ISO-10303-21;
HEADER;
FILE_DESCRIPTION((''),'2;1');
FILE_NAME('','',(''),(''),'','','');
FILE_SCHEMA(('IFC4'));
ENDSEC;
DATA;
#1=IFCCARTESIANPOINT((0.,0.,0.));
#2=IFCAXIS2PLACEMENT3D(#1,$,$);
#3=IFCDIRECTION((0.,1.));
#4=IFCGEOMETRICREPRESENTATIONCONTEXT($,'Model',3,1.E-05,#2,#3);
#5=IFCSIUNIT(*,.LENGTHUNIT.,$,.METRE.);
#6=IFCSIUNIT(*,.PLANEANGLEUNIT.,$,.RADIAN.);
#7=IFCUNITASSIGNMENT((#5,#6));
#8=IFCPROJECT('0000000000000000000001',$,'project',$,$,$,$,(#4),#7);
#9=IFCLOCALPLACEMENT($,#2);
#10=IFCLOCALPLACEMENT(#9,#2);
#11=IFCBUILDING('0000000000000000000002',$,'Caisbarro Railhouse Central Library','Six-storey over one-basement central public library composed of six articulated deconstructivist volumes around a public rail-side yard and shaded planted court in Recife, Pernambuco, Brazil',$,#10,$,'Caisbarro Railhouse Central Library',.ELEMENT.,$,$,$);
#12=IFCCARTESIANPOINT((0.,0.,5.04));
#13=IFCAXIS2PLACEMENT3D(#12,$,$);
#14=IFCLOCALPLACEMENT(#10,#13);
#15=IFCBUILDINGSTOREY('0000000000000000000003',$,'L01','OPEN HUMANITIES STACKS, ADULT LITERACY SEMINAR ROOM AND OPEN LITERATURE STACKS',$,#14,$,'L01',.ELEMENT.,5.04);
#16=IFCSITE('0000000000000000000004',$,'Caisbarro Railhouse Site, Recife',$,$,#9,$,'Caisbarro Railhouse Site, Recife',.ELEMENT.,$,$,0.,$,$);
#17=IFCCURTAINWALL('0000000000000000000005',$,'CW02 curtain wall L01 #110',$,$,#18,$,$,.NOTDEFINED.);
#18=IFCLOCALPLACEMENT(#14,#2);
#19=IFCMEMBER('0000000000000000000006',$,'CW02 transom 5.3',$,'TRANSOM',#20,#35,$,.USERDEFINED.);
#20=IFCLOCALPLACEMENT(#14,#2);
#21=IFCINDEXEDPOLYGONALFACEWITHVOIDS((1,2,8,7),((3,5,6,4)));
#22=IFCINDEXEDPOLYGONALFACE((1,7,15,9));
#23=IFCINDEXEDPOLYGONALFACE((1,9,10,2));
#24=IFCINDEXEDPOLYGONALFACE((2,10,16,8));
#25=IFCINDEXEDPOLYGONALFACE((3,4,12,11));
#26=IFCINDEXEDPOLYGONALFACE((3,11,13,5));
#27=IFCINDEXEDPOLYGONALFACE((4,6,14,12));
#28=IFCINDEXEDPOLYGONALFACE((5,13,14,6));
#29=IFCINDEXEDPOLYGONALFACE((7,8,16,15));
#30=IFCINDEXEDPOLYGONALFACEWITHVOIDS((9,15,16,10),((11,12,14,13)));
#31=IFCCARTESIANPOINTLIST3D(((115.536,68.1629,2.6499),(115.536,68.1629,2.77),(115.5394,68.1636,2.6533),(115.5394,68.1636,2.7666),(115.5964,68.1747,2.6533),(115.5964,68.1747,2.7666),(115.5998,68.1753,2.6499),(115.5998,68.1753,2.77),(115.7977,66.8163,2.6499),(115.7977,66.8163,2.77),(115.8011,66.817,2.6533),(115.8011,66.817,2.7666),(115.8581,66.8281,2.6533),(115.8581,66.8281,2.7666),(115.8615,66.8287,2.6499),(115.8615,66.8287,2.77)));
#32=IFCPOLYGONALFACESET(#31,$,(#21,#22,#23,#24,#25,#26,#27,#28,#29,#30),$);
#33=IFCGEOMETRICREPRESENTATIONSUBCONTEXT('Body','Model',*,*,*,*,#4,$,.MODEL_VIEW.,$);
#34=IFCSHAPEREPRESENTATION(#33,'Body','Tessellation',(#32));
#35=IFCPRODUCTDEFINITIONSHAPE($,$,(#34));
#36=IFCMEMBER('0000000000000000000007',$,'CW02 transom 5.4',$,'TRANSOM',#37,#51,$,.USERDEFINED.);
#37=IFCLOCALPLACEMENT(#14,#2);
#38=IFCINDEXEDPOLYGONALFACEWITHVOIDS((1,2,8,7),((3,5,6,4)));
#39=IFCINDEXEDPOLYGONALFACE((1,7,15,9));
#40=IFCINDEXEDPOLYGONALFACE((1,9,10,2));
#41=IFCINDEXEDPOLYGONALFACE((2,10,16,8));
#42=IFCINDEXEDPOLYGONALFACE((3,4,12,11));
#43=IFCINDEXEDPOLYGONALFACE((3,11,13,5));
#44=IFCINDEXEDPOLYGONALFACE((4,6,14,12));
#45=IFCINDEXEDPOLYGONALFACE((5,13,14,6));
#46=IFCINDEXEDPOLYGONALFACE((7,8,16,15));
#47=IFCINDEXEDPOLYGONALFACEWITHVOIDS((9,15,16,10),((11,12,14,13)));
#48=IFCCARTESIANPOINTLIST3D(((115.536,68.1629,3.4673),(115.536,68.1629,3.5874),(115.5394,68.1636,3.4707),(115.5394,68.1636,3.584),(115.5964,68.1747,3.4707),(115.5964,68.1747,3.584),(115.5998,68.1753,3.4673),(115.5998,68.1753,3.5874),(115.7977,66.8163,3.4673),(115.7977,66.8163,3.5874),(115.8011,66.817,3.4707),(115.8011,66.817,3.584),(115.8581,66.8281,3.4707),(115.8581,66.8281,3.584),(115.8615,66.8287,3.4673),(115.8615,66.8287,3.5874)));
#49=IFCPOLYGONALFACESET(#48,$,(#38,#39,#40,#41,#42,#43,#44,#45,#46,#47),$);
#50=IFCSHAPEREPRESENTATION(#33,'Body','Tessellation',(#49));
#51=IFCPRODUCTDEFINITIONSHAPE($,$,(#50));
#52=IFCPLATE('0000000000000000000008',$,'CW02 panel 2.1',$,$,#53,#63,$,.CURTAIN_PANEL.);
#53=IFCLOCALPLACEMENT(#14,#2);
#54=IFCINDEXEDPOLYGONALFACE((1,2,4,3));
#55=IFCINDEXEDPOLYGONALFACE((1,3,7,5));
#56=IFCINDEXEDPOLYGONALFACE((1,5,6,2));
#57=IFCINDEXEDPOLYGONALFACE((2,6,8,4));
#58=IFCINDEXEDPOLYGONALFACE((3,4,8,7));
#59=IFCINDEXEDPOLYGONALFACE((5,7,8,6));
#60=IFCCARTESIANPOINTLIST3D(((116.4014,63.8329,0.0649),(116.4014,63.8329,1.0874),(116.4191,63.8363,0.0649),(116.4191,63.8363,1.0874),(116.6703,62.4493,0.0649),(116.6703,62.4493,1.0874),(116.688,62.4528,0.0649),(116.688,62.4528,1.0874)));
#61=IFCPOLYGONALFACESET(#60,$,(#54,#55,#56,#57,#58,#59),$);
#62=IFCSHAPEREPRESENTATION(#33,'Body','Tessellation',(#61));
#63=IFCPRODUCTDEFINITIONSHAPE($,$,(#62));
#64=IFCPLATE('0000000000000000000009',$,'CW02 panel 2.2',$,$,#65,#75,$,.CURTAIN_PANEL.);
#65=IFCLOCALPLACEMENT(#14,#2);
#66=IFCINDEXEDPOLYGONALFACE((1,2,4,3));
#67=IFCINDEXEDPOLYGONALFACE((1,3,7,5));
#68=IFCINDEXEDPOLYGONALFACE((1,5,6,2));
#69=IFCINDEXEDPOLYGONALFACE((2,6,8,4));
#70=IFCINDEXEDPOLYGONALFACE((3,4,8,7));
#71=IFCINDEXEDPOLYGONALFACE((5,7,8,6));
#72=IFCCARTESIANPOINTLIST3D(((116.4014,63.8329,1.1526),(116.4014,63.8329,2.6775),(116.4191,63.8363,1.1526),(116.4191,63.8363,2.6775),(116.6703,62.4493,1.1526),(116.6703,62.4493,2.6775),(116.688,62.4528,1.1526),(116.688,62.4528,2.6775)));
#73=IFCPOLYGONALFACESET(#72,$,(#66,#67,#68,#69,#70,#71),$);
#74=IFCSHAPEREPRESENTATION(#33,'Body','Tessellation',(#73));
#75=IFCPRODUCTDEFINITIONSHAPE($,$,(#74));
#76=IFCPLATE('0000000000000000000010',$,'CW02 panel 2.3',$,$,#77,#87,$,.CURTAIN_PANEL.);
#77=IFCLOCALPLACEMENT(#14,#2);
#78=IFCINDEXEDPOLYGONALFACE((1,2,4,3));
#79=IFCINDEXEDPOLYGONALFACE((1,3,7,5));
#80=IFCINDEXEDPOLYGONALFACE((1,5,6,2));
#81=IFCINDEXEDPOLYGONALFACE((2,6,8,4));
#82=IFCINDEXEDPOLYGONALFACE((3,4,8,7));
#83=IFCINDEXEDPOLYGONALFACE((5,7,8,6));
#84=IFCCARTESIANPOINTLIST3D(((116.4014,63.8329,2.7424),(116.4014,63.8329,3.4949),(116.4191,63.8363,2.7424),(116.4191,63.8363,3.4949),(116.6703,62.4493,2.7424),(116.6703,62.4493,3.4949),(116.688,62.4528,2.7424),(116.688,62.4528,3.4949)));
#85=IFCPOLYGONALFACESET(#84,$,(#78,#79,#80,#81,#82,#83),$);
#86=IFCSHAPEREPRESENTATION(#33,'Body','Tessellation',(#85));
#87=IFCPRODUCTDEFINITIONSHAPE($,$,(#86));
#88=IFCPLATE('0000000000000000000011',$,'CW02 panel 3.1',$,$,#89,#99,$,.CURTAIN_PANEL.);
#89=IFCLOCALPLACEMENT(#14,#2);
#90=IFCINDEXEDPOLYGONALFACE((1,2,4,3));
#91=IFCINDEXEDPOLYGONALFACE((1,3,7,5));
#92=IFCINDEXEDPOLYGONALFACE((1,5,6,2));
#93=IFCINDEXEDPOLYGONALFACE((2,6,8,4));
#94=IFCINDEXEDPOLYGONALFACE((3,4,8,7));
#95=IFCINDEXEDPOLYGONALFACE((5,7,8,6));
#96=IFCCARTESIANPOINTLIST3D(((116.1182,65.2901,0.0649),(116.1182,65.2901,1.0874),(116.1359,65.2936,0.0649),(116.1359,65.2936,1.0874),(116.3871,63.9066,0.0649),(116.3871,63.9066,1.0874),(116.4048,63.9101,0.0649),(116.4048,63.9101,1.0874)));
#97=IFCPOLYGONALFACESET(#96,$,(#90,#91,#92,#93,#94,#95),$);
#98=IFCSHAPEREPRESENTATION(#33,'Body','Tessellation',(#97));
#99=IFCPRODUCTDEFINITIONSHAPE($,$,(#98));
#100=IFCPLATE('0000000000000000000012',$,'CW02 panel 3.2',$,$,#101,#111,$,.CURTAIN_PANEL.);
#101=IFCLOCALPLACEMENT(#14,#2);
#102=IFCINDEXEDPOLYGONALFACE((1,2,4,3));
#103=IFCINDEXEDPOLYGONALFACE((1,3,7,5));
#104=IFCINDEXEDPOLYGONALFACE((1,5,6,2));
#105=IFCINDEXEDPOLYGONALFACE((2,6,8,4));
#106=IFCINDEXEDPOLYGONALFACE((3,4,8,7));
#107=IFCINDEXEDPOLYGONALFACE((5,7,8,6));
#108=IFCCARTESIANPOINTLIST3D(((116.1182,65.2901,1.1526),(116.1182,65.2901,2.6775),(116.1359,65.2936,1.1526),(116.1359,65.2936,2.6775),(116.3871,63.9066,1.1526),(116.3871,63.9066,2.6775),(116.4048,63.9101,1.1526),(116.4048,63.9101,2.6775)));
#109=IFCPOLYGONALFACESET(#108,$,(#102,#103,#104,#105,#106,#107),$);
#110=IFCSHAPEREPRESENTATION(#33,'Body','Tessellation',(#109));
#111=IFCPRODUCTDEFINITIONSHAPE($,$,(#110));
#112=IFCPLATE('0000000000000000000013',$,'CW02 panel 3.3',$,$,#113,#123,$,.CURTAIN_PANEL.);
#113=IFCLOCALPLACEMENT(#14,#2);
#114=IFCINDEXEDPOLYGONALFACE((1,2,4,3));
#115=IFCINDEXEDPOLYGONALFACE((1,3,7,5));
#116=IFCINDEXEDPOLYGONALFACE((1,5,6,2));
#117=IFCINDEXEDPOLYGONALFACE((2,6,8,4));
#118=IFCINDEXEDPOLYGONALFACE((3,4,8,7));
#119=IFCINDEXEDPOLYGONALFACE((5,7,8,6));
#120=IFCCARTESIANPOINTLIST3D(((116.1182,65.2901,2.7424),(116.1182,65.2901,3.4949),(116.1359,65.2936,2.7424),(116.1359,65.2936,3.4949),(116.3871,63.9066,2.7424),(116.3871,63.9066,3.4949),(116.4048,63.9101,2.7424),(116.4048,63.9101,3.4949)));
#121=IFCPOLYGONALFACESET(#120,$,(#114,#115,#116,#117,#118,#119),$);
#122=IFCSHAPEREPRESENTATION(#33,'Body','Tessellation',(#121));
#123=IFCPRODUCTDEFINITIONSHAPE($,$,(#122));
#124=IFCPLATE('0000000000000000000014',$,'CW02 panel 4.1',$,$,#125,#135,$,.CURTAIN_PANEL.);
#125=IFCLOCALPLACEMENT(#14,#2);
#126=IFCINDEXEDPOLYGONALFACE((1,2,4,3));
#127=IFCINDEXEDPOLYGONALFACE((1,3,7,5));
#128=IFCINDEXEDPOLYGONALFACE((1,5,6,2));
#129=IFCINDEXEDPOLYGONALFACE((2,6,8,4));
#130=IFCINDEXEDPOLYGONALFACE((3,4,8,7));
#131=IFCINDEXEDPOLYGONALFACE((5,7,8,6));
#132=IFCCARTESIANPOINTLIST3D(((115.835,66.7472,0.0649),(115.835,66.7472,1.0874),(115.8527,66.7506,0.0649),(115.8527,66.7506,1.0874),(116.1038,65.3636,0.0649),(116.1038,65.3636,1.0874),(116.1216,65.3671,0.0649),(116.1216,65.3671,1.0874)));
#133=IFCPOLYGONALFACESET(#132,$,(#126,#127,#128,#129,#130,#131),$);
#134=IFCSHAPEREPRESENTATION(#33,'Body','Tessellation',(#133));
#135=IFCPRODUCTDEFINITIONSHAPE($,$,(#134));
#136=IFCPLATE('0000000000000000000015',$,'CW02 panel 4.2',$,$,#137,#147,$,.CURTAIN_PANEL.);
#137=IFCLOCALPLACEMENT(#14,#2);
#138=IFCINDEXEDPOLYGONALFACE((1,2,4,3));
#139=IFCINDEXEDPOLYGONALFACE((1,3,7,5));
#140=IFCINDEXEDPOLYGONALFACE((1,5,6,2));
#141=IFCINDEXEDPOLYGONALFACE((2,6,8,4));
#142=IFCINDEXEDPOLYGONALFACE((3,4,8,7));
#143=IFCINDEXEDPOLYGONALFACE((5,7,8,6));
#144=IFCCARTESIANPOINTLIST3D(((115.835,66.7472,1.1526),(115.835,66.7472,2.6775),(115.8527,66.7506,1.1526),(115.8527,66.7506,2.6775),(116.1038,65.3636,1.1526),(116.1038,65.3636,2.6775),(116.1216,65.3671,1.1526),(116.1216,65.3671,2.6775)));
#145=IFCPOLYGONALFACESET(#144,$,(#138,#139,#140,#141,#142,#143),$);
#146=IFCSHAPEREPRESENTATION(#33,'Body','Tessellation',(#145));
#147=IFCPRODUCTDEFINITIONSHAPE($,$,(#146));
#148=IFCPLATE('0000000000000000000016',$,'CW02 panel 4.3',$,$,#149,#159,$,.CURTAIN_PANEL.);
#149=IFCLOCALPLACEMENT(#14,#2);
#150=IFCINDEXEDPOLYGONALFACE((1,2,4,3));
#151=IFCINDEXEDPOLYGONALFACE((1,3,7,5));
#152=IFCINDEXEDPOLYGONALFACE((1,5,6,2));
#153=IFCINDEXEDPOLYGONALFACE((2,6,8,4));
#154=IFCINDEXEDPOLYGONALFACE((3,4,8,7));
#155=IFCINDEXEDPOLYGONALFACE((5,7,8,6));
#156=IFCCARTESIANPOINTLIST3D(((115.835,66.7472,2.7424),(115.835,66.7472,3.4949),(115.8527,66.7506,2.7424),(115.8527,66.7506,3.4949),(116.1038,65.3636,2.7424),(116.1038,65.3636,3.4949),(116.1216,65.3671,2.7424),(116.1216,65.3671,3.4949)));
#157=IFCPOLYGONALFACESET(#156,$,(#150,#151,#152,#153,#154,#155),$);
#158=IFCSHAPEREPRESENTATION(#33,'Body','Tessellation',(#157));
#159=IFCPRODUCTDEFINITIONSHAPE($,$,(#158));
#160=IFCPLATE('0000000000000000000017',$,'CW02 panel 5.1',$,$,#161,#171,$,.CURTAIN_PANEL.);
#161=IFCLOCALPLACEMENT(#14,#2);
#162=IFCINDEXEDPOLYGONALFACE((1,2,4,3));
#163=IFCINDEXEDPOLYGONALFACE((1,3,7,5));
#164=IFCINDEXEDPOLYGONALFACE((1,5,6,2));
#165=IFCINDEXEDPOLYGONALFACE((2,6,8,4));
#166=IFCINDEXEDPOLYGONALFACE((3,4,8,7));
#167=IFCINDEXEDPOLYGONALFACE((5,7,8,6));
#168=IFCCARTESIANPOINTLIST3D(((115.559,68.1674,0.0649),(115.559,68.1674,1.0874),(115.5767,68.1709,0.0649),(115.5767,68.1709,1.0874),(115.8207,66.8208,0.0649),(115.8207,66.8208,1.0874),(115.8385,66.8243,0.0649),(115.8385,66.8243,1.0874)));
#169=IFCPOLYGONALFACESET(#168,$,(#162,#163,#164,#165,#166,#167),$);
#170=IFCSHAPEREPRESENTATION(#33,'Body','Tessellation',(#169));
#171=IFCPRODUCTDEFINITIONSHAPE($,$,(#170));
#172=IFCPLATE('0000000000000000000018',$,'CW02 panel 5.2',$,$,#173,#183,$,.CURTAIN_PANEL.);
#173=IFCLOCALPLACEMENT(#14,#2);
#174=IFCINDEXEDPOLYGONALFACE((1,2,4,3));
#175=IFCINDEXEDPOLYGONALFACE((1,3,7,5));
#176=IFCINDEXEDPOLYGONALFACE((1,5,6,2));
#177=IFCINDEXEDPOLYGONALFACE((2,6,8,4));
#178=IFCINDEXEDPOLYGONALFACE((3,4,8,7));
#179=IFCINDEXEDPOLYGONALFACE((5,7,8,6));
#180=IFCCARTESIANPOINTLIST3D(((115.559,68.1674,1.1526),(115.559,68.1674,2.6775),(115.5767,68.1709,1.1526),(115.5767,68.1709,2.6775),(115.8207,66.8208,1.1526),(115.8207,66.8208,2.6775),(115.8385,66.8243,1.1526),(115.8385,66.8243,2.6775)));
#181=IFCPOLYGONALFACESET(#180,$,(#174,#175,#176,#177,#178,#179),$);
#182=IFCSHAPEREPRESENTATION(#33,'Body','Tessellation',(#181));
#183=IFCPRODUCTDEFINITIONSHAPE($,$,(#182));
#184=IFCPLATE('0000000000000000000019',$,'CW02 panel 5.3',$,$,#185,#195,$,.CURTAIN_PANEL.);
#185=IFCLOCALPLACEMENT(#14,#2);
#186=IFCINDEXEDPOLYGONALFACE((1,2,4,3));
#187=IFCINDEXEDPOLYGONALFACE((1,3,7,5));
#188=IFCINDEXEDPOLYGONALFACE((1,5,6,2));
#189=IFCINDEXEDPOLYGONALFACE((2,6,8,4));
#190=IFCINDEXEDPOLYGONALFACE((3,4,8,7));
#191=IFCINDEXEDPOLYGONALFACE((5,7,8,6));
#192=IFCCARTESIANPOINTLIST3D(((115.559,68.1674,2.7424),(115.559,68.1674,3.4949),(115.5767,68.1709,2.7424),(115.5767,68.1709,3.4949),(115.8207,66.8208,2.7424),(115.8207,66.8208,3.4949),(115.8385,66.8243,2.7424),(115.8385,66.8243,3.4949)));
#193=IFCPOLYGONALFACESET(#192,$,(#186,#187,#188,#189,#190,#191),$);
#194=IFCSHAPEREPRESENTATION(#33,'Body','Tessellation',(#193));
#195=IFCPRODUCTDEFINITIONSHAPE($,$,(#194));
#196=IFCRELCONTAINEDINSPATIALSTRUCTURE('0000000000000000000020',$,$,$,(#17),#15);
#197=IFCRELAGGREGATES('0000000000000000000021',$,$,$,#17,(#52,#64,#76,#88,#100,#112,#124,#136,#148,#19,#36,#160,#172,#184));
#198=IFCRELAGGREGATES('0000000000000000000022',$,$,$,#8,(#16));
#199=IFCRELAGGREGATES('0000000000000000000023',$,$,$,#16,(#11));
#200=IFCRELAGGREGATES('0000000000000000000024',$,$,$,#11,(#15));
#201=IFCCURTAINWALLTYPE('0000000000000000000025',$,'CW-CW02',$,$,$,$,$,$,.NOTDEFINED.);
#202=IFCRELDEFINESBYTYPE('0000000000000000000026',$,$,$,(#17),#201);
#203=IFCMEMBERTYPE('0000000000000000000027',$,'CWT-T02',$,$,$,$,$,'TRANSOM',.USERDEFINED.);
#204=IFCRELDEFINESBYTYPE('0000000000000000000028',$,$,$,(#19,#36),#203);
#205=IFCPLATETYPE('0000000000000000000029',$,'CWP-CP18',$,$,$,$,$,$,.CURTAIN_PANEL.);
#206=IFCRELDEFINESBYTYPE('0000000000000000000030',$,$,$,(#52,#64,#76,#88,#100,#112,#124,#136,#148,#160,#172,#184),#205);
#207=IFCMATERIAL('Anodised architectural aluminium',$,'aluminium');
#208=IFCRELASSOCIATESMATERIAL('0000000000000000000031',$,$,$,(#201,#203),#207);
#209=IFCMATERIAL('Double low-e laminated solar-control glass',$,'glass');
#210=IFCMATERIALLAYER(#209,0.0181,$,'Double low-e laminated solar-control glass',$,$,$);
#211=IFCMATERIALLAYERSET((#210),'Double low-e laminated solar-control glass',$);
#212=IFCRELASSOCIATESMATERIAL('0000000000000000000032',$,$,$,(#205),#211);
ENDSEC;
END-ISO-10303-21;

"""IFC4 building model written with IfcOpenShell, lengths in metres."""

from ifc_helpers import new_model, si_unit, direction, frame, origin, origin_2d, place, context, subcontext, project, spatial, rectangle, hollow_rectangle, extrude, material, layer, layer_set, material_profile, profile_set, type_object, element, aggregate, save


model = new_model("IFC4")

# Units and contexts
model_context = context("Model", 3, precision=1e-05, world=origin(), true_north=direction((0.0, 1.0)))
body_context = subcontext(model_context, "Body", "Model", "MODEL_VIEW")
ifc_project = project(units=[si_unit("LENGTHUNIT", "METRE"), si_unit("PLANEANGLEUNIT", "RADIAN")], contexts=[model_context])

# Site, building, storey
site_placement = place(None, origin())
site = spatial("IfcSite", under=ifc_project, at=site_placement, Name="Caisbarro Railhouse Site, Recife", LongName="Caisbarro Railhouse Site, Recife", CompositionType="ELEMENT", RefElevation=0.0)
building_placement = place(site_placement, origin())
building = spatial("IfcBuilding", under=site, at=building_placement, Name="Caisbarro Railhouse Central Library", Description="Six-storey over one-basement central public library composed of six articulated deconstructivist volumes around a public rail-side yard and shaded planted court in Recife, Pernambuco, Brazil", LongName="Caisbarro Railhouse Central Library", CompositionType="ELEMENT")
storey_placement = place(building_placement, frame((0.0, 0.0, 5.04)))
storey = spatial("IfcBuildingStorey", under=building, at=storey_placement, Name="L01", Description="OPEN HUMANITIES STACKS, ADULT LITERACY SEMINAR ROOM AND OPEN LITERATURE STACKS", LongName="L01", CompositionType="ELEMENT", Elevation=5.04)

# Curtain wall, members, plates
ifc_material_1 = material(Name="Anodised architectural aluminium", Category="aluminium")
curtain_wall_type = type_object("IfcCurtainWallType", Name="CW-CW02", PredefinedType="NOTDEFINED", material=ifc_material_1)
curtain_wall_placement = place(storey_placement, origin())
curtain_wall = element("IfcCurtainWall", 1, at=curtain_wall_placement, inside=storey, type_object=curtain_wall_type, Name="CW02 curtain wall L01 #110", PredefinedType="NOTDEFINED")
ifc_material_profile_1 = material_profile(ifc_material_1, hollow_rectangle(XDim=0.0649, YDim=0.1201, WallThickness=0.0034, at=origin_2d()), Name="ALU-TRN-65X120")
ifc_profile_set_1 = profile_set([ifc_material_profile_1], Name="Anodised architectural aluminium")
member_type_1 = type_object("IfcMemberType", Name="CWT-T02", ElementType="TRANSOM", PredefinedType="USERDEFINED", material=ifc_profile_set_1)
member_1_placement = place(storey_placement, frame((115.8296, 66.8225, 2.71), z_axis=(-0.190774, 0.981634, 0.0), x_axis=(-0.981634, -0.190774, 0.0)))
member_1 = element("IfcMember", 2, at=member_1_placement, type_object=member_type_1, Name="CW02 transom 5.3", ObjectType="TRANSOM", PredefinedType="USERDEFINED", context=body_context, shape_type="SweptSolid", body=[
    extrude(hollow_rectangle(XDim=0.0649, YDim=0.1201, WallThickness=0.0034, at=origin_2d()), origin(), (0.0, 0.0, 1.0), 1.3718),
])
member_2_placement = place(storey_placement, frame((115.8296, 66.8225, 3.5273), z_axis=(-0.190774, 0.981634, 0.0), x_axis=(-0.981634, -0.190774, 0.0)))
member_2 = element("IfcMember", 3, at=member_2_placement, type_object=member_type_1, Name="CW02 transom 5.4", ObjectType="TRANSOM", PredefinedType="USERDEFINED", context=body_context, shape_type="SweptSolid", body=[
    extrude(hollow_rectangle(XDim=0.0649, YDim=0.1201, WallThickness=0.0034, at=origin_2d()), origin(), (0.0, 0.0, 1.0), 1.3718),
])
ifc_material_2 = material(Name="Double low-e laminated solar-control glass", Category="glass")
ifc_layer_1 = layer(ifc_material_2, 0.0181, Name="Double low-e laminated solar-control glass")
ifc_layer_set_1 = layer_set([ifc_layer_1], Name="Double low-e laminated solar-control glass")
plate_type_1 = type_object("IfcPlateType", Name="CWP-CP18", PredefinedType="CURTAIN_PANEL", material=ifc_layer_set_1)
plate_1_placement = place(storey_placement, frame((116.5447, 63.1428, 0.0649), z_axis=(0.0, 0.0, 1.0), x_axis=(-0.190781, 0.981633, 0.0)))
plate_1 = element("IfcPlate", 4, at=plate_1_placement, type_object=plate_type_1, Name="CW02 panel 2.1", PredefinedType="CURTAIN_PANEL", context=body_context, shape_type="SweptSolid", body=[
    extrude(rectangle(XDim=1.4094, YDim=0.0181, at=origin_2d()), origin(), (0.0, 0.0, 1.0), 1.0225),
])
plate_2_placement = place(storey_placement, frame((116.5447, 63.1428, 1.1526), z_axis=(0.0, 0.0, 1.0), x_axis=(-0.190781, 0.981633, 0.0)))
plate_2 = element("IfcPlate", 5, at=plate_2_placement, type_object=plate_type_1, Name="CW02 panel 2.2", PredefinedType="CURTAIN_PANEL", context=body_context, shape_type="SweptSolid", body=[
    extrude(rectangle(XDim=1.4094, YDim=0.0181, at=origin_2d()), origin(), (0.0, 0.0, 1.0), 1.5249),
])
plate_3_placement = place(storey_placement, frame((116.5447, 63.1428, 2.7424), z_axis=(0.0, 0.0, 1.0), x_axis=(-0.190781, 0.981633, 0.0)))
plate_3 = element("IfcPlate", 6, at=plate_3_placement, type_object=plate_type_1, Name="CW02 panel 2.3", PredefinedType="CURTAIN_PANEL", context=body_context, shape_type="SweptSolid", body=[
    extrude(rectangle(XDim=1.4094, YDim=0.0181, at=origin_2d()), origin(), (0.0, 0.0, 1.0), 0.7524),
])
plate_4_placement = place(storey_placement, frame((116.2615, 64.6001, 0.0649), z_axis=(0.0, 0.0, 1.0), x_axis=(-0.190781, 0.981633, 0.0)))
plate_4 = element("IfcPlate", 7, at=plate_4_placement, type_object=plate_type_1, Name="CW02 panel 3.1", PredefinedType="CURTAIN_PANEL", context=body_context, shape_type="SweptSolid", body=[
    extrude(rectangle(XDim=1.4094, YDim=0.0181, at=origin_2d()), origin(), (0.0, 0.0, 1.0), 1.0225),
])
plate_5_placement = place(storey_placement, frame((116.2615, 64.6001, 1.1526), z_axis=(0.0, 0.0, 1.0), x_axis=(-0.190781, 0.981633, 0.0)))
plate_5 = element("IfcPlate", 8, at=plate_5_placement, type_object=plate_type_1, Name="CW02 panel 3.2", PredefinedType="CURTAIN_PANEL", context=body_context, shape_type="SweptSolid", body=[
    extrude(rectangle(XDim=1.4094, YDim=0.0181, at=origin_2d()), origin(), (0.0, 0.0, 1.0), 1.5249),
])
plate_6_placement = place(storey_placement, frame((116.2615, 64.6001, 2.7424), z_axis=(0.0, 0.0, 1.0), x_axis=(-0.190781, 0.981633, 0.0)))
plate_6 = element("IfcPlate", 9, at=plate_6_placement, type_object=plate_type_1, Name="CW02 panel 3.3", PredefinedType="CURTAIN_PANEL", context=body_context, shape_type="SweptSolid", body=[
    extrude(rectangle(XDim=1.4094, YDim=0.0181, at=origin_2d()), origin(), (0.0, 0.0, 1.0), 0.7524),
])
plate_7_placement = place(storey_placement, frame((115.9783, 66.0571, 0.0649), z_axis=(0.0, 0.0, 1.0), x_axis=(-0.190781, 0.981633, 0.0)))
plate_7 = element("IfcPlate", 10, at=plate_7_placement, type_object=plate_type_1, Name="CW02 panel 4.1", PredefinedType="CURTAIN_PANEL", context=body_context, shape_type="SweptSolid", body=[
    extrude(rectangle(XDim=1.4094, YDim=0.0181, at=origin_2d()), origin(), (0.0, 0.0, 1.0), 1.0225),
])
plate_8_placement = place(storey_placement, frame((115.9783, 66.0571, 1.1526), z_axis=(0.0, 0.0, 1.0), x_axis=(-0.190781, 0.981633, 0.0)))
plate_8 = element("IfcPlate", 11, at=plate_8_placement, type_object=plate_type_1, Name="CW02 panel 4.2", PredefinedType="CURTAIN_PANEL", context=body_context, shape_type="SweptSolid", body=[
    extrude(rectangle(XDim=1.4094, YDim=0.0181, at=origin_2d()), origin(), (0.0, 0.0, 1.0), 1.5249),
])
plate_9_placement = place(storey_placement, frame((115.9783, 66.0571, 2.7424), z_axis=(0.0, 0.0, 1.0), x_axis=(-0.190781, 0.981633, 0.0)))
plate_9 = element("IfcPlate", 12, at=plate_9_placement, type_object=plate_type_1, Name="CW02 panel 4.3", PredefinedType="CURTAIN_PANEL", context=body_context, shape_type="SweptSolid", body=[
    extrude(rectangle(XDim=1.4094, YDim=0.0181, at=origin_2d()), origin(), (0.0, 0.0, 1.0), 0.7524),
])
plate_10_placement = place(storey_placement, frame((115.6987, 67.4958, 0.0649), z_axis=(0.0, 0.0, 1.0), x_axis=(-0.190781, 0.981633, 0.0)))
plate_10 = element("IfcPlate", 13, at=plate_10_placement, type_object=plate_type_1, Name="CW02 panel 5.1", PredefinedType="CURTAIN_PANEL", context=body_context, shape_type="SweptSolid", body=[
    extrude(rectangle(XDim=1.3718, YDim=0.0181, at=origin_2d()), origin(), (0.0, 0.0, 1.0), 1.0225),
])
plate_11_placement = place(storey_placement, frame((115.6987, 67.4958, 1.1526), z_axis=(0.0, 0.0, 1.0), x_axis=(-0.190781, 0.981633, 0.0)))
plate_11 = element("IfcPlate", 14, at=plate_11_placement, type_object=plate_type_1, Name="CW02 panel 5.2", PredefinedType="CURTAIN_PANEL", context=body_context, shape_type="SweptSolid", body=[
    extrude(rectangle(XDim=1.3718, YDim=0.0181, at=origin_2d()), origin(), (0.0, 0.0, 1.0), 1.5249),
])
plate_12_placement = place(storey_placement, frame((115.6987, 67.4958, 2.7424), z_axis=(0.0, 0.0, 1.0), x_axis=(-0.190781, 0.981633, 0.0)))
plate_12 = element("IfcPlate", 15, at=plate_12_placement, type_object=plate_type_1, Name="CW02 panel 5.3", PredefinedType="CURTAIN_PANEL", context=body_context, shape_type="SweptSolid", body=[
    extrude(rectangle(XDim=1.3718, YDim=0.0181, at=origin_2d()), origin(), (0.0, 0.0, 1.0), 0.7524),
])
aggregate(curtain_wall, [plate_1, plate_2, plate_3, plate_4, plate_5, plate_6, plate_7, plate_8, plate_9, member_1, member_2, plate_10, plate_11, plate_12])

save(model, "model.ifc")
